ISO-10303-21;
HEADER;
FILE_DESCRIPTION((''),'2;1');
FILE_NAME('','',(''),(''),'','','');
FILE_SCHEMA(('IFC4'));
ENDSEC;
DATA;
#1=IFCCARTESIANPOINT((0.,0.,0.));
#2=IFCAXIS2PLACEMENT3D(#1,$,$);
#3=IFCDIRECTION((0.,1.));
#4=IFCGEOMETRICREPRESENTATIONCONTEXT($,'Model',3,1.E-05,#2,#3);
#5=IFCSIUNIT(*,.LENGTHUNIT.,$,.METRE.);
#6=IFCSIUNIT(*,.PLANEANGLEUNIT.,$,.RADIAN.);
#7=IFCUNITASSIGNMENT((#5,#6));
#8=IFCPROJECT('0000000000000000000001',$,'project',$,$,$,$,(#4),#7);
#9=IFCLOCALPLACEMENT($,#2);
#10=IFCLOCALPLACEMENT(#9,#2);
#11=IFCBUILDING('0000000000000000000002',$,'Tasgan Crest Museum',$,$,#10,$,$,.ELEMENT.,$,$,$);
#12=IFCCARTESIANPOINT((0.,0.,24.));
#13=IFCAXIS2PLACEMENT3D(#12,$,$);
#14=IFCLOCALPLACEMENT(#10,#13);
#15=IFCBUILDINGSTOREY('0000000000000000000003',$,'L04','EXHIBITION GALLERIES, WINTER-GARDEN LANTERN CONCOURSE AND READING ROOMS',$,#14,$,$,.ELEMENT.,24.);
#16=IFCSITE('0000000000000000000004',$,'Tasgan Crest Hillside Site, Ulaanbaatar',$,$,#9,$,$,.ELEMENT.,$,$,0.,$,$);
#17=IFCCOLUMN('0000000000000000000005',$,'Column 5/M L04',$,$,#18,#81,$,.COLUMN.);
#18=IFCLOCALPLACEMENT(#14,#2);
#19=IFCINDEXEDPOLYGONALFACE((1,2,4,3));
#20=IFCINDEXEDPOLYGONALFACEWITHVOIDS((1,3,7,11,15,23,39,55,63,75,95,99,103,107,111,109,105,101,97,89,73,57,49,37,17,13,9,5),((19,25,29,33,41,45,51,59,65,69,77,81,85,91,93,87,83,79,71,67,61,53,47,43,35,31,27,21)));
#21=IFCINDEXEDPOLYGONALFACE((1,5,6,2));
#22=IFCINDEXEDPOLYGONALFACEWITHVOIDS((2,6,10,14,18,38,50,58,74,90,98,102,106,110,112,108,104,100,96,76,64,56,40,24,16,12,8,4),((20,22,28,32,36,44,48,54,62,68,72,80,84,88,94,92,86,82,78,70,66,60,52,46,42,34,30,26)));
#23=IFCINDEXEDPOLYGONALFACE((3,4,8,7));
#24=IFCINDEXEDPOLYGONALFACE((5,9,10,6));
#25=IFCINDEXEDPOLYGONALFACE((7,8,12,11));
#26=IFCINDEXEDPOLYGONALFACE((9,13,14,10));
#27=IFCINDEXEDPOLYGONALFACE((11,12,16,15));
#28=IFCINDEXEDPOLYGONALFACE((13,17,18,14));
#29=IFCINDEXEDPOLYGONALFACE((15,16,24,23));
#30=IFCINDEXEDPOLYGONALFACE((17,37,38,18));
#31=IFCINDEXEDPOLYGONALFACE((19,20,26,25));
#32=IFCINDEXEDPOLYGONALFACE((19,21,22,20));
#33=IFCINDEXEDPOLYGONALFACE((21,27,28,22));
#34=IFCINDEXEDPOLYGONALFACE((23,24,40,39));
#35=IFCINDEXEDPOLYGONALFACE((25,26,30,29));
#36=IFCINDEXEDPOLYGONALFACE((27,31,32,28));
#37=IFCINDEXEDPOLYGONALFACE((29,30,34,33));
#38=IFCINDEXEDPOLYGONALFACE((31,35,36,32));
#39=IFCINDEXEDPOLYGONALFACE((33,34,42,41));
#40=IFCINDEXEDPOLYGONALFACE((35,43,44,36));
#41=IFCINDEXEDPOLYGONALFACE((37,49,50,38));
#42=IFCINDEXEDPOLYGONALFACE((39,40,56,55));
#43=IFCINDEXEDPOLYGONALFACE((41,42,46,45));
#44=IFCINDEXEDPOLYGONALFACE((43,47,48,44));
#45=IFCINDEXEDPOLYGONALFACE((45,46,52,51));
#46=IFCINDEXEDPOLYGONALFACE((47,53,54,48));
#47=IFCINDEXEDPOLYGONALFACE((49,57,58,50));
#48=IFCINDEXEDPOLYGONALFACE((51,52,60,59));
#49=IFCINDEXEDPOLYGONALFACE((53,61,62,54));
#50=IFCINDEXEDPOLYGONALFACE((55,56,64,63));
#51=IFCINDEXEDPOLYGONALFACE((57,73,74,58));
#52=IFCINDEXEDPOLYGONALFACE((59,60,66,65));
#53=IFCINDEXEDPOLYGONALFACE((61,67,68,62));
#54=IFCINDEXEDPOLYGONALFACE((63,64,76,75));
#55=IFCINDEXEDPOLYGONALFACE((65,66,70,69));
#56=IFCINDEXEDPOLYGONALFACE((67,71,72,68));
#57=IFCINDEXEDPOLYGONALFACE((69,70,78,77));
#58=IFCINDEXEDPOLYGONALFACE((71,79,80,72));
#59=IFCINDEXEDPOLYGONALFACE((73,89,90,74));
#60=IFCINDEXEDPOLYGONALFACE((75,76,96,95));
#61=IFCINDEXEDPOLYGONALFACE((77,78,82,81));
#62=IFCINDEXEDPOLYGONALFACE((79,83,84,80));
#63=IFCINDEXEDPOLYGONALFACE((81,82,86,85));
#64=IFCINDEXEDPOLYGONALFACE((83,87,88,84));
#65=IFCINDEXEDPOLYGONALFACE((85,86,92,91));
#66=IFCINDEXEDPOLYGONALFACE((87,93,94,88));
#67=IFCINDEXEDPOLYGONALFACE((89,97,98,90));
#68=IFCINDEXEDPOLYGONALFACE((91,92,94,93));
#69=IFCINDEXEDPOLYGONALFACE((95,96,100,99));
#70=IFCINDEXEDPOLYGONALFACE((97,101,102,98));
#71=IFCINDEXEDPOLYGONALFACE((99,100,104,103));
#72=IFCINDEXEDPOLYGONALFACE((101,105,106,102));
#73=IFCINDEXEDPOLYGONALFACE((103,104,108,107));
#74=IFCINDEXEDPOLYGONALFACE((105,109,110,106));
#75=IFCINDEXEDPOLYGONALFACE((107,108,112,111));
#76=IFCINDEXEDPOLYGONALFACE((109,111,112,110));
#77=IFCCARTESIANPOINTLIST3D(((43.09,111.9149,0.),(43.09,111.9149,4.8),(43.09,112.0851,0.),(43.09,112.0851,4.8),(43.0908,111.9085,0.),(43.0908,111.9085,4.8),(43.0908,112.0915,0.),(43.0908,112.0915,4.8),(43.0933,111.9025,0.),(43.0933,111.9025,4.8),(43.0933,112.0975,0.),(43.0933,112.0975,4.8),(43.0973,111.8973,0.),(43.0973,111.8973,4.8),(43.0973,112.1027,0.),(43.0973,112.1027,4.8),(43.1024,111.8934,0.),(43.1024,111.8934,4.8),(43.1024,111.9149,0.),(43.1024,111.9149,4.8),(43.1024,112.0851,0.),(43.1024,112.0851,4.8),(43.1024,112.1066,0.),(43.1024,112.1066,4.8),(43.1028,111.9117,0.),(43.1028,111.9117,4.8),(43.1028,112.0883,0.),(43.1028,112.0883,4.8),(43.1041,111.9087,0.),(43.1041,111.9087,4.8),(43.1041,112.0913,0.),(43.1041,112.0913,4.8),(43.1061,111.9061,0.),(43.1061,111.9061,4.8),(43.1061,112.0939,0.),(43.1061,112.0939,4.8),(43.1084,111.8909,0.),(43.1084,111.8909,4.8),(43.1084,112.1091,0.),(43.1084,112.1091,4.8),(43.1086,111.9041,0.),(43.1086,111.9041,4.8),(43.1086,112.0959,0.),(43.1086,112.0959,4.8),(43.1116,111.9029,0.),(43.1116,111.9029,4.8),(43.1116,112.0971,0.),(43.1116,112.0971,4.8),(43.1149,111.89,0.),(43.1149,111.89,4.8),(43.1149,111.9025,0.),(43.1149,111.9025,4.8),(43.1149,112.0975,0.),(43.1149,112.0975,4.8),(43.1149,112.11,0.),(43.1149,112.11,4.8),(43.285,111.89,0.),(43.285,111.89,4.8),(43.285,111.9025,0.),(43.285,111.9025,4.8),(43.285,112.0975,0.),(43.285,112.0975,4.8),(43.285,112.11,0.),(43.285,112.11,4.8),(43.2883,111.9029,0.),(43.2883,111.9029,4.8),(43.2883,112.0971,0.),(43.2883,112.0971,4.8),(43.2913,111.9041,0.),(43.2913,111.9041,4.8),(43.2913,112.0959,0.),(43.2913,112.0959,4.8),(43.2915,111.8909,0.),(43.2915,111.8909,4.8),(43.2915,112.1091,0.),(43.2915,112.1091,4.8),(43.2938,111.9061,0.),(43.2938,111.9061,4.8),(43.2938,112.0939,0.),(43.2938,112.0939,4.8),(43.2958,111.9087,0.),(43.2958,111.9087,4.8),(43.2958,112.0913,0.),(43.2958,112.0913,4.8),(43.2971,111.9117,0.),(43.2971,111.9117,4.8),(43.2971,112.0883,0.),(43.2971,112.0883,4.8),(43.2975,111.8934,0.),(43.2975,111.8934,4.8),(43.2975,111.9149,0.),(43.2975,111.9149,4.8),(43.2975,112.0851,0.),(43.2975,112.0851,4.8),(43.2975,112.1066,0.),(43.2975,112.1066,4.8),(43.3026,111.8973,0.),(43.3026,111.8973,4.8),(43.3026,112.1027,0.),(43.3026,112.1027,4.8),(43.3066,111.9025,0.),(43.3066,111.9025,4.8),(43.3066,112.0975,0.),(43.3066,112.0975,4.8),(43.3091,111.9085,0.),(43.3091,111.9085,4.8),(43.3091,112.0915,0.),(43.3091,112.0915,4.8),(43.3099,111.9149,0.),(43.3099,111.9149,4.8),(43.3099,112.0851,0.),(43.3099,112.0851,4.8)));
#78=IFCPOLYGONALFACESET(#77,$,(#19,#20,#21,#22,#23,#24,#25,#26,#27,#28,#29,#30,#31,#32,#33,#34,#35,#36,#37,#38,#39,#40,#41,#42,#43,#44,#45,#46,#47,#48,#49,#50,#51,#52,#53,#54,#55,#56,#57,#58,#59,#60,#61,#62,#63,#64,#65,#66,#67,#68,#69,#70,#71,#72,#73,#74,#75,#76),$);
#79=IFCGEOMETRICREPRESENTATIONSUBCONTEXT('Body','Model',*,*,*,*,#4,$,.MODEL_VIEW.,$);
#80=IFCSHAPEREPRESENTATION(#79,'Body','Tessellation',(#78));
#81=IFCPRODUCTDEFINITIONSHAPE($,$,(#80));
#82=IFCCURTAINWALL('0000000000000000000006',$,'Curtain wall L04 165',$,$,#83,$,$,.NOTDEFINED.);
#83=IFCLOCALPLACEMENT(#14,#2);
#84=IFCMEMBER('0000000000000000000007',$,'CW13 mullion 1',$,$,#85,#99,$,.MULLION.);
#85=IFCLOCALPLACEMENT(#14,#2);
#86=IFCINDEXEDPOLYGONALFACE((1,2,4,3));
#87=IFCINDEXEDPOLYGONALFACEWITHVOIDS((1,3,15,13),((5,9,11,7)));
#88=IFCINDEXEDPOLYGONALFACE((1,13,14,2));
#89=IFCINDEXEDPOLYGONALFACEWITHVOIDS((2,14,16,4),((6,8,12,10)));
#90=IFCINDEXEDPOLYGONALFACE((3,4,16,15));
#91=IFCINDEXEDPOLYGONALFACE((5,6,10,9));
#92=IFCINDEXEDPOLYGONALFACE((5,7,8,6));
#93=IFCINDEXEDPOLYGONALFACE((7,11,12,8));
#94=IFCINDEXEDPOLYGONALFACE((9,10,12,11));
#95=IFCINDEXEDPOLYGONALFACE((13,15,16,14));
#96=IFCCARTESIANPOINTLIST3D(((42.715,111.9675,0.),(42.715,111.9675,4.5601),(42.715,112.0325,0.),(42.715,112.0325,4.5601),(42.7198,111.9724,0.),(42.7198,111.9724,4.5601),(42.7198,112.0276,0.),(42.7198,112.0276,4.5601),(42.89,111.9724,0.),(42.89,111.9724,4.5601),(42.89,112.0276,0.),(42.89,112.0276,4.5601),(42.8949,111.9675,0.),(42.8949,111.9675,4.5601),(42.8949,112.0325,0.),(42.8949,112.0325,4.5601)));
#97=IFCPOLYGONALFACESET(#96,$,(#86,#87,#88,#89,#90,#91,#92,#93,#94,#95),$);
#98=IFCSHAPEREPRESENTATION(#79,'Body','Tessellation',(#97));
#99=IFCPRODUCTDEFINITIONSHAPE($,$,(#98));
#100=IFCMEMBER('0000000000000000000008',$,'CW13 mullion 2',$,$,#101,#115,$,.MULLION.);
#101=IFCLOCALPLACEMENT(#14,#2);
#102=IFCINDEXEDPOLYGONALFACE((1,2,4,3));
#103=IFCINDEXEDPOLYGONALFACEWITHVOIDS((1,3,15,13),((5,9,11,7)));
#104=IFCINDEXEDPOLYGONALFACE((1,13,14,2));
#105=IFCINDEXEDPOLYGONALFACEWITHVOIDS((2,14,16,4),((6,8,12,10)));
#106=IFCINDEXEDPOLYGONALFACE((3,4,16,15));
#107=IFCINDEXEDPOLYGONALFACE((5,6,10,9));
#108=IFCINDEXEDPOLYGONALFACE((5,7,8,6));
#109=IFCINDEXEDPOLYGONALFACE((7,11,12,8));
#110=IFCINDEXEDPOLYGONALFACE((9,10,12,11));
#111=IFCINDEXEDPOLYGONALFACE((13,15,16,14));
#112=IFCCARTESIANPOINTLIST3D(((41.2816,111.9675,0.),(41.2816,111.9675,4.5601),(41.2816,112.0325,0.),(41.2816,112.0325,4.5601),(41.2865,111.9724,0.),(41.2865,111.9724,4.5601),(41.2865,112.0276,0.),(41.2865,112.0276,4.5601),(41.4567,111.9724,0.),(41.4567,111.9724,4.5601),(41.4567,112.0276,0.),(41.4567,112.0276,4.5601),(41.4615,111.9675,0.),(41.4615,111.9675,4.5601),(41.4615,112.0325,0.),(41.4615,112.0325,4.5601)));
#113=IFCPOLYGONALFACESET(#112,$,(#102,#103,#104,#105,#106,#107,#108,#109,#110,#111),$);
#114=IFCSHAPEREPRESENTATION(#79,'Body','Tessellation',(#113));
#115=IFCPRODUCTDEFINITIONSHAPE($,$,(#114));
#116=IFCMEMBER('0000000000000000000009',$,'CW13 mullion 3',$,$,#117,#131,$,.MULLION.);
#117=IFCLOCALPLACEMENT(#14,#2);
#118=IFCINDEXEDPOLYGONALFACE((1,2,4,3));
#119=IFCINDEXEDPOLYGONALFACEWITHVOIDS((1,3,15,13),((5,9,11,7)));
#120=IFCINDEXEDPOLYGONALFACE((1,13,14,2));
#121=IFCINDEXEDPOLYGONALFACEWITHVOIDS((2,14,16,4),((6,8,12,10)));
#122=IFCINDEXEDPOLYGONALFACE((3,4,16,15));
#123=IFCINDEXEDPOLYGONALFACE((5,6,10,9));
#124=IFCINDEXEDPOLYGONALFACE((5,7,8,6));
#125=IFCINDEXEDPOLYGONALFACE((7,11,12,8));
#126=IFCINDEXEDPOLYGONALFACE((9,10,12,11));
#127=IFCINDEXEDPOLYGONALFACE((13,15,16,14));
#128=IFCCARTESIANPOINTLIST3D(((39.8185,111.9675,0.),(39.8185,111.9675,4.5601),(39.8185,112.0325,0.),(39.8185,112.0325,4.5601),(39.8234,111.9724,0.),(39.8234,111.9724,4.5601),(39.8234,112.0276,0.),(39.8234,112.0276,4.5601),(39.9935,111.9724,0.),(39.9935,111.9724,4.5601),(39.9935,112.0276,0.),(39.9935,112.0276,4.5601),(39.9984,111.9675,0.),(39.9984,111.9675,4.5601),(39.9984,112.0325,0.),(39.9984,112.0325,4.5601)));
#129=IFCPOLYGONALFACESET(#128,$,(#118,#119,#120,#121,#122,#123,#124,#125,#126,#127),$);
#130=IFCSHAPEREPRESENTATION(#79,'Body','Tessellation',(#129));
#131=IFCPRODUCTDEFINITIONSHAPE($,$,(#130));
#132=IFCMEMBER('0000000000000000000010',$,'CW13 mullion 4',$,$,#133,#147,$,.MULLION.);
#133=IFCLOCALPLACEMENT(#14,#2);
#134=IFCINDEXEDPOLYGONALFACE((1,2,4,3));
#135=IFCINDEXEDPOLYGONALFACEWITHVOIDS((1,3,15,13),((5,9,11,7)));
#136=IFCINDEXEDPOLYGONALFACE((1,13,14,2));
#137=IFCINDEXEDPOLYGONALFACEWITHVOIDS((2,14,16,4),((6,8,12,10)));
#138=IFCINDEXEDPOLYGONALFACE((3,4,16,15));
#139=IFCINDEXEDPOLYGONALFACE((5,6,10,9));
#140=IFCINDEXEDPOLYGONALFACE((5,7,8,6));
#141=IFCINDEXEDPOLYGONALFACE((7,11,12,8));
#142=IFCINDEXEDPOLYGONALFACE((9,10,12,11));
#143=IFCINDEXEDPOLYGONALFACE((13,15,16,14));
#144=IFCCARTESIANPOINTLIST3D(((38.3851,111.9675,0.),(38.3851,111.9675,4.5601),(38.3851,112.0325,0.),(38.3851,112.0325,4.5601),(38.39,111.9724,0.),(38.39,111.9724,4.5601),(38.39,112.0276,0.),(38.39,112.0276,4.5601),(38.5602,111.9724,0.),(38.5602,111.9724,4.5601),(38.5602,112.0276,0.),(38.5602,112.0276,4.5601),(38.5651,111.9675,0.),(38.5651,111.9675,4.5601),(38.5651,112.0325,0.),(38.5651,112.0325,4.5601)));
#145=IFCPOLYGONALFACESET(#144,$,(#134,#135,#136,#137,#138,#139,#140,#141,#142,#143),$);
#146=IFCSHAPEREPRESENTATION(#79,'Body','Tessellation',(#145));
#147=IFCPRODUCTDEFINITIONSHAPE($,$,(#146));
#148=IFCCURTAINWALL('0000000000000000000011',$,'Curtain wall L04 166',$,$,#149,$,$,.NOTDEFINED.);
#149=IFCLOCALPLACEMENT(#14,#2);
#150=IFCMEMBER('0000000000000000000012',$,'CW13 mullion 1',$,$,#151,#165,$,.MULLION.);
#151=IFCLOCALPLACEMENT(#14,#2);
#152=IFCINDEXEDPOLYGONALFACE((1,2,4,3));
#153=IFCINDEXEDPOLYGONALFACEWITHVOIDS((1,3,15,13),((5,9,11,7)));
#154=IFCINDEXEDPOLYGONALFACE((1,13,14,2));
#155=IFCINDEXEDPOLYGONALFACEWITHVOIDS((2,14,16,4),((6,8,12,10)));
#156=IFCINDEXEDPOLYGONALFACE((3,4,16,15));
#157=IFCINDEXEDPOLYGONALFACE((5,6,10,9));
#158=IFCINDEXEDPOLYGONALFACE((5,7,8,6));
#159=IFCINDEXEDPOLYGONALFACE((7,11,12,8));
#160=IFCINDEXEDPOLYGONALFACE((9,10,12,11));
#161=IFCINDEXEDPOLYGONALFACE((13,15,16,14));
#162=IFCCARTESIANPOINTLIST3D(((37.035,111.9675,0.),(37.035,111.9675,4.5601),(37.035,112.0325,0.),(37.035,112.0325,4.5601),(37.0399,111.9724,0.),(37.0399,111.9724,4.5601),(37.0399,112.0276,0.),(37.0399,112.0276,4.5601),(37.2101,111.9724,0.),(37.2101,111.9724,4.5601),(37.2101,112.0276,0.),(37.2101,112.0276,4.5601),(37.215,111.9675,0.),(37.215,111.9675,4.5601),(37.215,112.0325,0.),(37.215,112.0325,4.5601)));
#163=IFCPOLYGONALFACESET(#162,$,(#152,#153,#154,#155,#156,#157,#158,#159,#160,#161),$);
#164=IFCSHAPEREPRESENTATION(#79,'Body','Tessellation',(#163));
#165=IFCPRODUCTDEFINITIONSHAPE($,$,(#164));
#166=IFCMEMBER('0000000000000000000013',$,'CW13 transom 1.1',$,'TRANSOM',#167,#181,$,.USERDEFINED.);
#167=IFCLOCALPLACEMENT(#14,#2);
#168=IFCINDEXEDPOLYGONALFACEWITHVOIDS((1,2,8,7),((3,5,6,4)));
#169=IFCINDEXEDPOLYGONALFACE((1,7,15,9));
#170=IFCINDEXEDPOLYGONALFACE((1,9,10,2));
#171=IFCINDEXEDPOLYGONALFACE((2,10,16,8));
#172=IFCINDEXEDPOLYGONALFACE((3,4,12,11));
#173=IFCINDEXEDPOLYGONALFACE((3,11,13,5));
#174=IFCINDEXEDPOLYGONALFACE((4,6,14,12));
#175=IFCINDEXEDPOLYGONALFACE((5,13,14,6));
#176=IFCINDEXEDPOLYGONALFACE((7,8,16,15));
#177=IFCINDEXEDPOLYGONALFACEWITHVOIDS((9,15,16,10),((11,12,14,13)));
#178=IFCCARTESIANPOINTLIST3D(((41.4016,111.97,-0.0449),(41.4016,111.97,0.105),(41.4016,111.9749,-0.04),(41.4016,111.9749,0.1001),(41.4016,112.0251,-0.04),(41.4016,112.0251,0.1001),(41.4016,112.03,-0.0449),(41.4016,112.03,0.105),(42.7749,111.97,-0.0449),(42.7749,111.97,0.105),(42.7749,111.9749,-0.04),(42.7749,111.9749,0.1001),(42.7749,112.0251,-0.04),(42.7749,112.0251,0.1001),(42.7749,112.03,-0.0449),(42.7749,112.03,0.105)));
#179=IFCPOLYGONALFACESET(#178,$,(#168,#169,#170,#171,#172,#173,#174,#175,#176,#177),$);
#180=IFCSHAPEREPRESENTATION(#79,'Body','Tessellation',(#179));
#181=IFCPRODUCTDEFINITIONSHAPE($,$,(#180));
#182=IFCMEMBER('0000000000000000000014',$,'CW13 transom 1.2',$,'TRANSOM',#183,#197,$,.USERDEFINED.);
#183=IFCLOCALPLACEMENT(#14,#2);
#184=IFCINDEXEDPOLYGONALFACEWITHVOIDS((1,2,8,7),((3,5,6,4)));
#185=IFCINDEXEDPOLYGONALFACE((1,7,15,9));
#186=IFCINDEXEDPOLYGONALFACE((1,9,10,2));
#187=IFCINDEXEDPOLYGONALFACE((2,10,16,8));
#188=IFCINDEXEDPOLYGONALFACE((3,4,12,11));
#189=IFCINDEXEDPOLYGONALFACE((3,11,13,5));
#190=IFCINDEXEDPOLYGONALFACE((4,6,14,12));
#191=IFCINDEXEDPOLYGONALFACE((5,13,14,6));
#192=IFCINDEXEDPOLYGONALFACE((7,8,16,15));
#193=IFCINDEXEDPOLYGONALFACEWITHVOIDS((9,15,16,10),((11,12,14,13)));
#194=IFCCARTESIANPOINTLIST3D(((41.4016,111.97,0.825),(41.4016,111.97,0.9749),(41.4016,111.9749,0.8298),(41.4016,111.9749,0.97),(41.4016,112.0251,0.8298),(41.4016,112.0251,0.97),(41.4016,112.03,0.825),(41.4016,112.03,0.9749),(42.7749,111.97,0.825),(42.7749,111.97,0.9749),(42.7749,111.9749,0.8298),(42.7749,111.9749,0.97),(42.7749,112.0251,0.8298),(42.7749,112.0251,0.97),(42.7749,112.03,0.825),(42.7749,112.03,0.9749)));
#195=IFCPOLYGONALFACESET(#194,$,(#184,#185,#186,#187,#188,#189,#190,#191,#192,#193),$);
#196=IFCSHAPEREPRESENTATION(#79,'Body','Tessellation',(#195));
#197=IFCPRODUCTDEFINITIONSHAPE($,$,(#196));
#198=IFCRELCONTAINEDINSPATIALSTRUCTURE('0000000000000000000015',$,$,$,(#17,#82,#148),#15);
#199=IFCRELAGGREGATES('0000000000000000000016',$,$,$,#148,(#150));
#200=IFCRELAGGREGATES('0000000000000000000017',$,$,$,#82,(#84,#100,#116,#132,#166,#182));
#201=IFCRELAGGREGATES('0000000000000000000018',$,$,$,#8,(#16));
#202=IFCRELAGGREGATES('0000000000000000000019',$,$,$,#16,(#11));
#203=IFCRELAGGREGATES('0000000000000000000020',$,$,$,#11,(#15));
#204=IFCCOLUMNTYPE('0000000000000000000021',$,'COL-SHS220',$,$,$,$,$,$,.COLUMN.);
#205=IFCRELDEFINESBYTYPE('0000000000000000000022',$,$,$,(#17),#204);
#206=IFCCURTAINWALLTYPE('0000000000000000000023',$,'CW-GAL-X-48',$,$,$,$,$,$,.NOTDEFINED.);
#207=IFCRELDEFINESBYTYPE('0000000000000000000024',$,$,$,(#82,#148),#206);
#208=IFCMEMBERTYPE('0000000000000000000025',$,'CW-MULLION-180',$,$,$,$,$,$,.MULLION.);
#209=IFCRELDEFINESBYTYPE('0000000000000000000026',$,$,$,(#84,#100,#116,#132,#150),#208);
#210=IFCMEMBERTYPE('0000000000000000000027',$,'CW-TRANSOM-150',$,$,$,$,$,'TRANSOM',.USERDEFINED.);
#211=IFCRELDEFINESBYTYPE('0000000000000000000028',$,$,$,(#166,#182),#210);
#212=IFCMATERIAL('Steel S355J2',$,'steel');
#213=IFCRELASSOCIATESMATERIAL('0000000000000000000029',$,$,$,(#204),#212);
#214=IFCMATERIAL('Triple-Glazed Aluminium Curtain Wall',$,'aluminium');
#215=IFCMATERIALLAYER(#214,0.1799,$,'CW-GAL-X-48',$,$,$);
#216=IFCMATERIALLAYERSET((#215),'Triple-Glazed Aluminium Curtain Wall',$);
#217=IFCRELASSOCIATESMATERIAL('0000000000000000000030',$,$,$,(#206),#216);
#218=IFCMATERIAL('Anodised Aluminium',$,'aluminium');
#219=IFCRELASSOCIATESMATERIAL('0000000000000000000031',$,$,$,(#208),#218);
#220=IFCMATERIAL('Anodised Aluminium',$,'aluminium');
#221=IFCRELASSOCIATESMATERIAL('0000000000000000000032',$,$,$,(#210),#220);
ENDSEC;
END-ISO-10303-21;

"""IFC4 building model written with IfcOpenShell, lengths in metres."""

from ifc_helpers import new_model, si_unit, direction, frame, origin, origin_2d, place, context, subcontext, project, spatial, hollow_rectangle, extrude, material, layer, layer_set, material_profile, profile_set, type_object, element, aggregate, save


model = new_model("IFC4")

# Units and contexts
model_context = context("Model", 3, precision=1e-05, world=origin(), true_north=direction((0.0, 1.0)))
body_context = subcontext(model_context, "Body", "Model", "MODEL_VIEW")
ifc_project = project(units=[si_unit("LENGTHUNIT", "METRE"), si_unit("PLANEANGLEUNIT", "RADIAN")], contexts=[model_context])

# Site, building, storey
site_placement = place(None, origin())
site = spatial("IfcSite", under=ifc_project, at=site_placement, Name="Tasgan Crest Hillside Site, Ulaanbaatar", CompositionType="ELEMENT", RefElevation=0.0)
building_placement = place(site_placement, origin())
building = spatial("IfcBuilding", under=site, at=building_placement, Name="Tasgan Crest Museum", CompositionType="ELEMENT")
storey_placement = place(building_placement, frame((0.0, 0.0, 24.0)))
storey = spatial("IfcBuildingStorey", under=building, at=storey_placement, Name="L04", Description="EXHIBITION GALLERIES, WINTER-GARDEN LANTERN CONCOURSE AND READING ROOMS", CompositionType="ELEMENT", Elevation=24.0)

# Column
ifc_material_1 = material(Name="Steel S355J2", Category="steel")
ifc_material_profile_1 = material_profile(ifc_material_1, hollow_rectangle(XDim=0.22, YDim=0.22, WallThickness=0.0125, InnerFilletRadius=0.0125, OuterFilletRadius=0.0249, at=origin_2d()), Name="SHS 220x220x12.5")
ifc_profile_set_1 = profile_set([ifc_material_profile_1], Name="Steel S355J2")
column_type = type_object("IfcColumnType", Name="COL-SHS220", PredefinedType="COLUMN", material=ifc_profile_set_1)
column_placement = place(storey_placement, frame((43.2, 112.0, 0.0), z_axis=(0.0, 0.0, 1.0), x_axis=(1.0, 0.0, 0.0)))
element("IfcColumn", 1, at=column_placement, inside=storey, type_object=column_type, Name="Column 5/M L04", PredefinedType="COLUMN", context=body_context, shape_type="SweptSolid", body=[
    extrude(hollow_rectangle(XDim=0.22, YDim=0.22, WallThickness=0.0125, InnerFilletRadius=0.0125, OuterFilletRadius=0.0249, at=origin_2d()), origin(), (0.0, 0.0, 1.0), 4.8),
])

# Curtain wall, members
ifc_material_2 = material(Name="Triple-Glazed Aluminium Curtain Wall", Category="aluminium")
ifc_layer_1 = layer(ifc_material_2, 0.1799, Name="CW-GAL-X-48")
ifc_layer_set_1 = layer_set([ifc_layer_1], Name="Triple-Glazed Aluminium Curtain Wall")
curtain_wall_type = type_object("IfcCurtainWallType", Name="CW-GAL-X-48", PredefinedType="NOTDEFINED", material=ifc_layer_set_1)
curtain_wall_1_placement = place(storey_placement, origin())
curtain_wall_1 = element("IfcCurtainWall", 2, at=curtain_wall_1_placement, inside=storey, type_object=curtain_wall_type, Name="Curtain wall L04 165", PredefinedType="NOTDEFINED")
ifc_material_3 = material(Name="Anodised Aluminium", Category="aluminium")
ifc_material_profile_2 = material_profile(ifc_material_3, hollow_rectangle(XDim=0.0649, YDim=0.1799, WallThickness=0.0049, at=origin_2d()), Name="ALU MULLION 180x65x5")
ifc_profile_set_2 = profile_set([ifc_material_profile_2], Name="Anodised Aluminium")
member_type_1 = type_object("IfcMemberType", Name="CW-MULLION-180", PredefinedType="MULLION", material=ifc_profile_set_2)
member_1_placement = place(storey_placement, frame((42.8049, 112.0, 0.0), z_axis=(0.0, 0.0, 1.0), x_axis=(0.0, -1.0, 0.0)))
member_1 = element("IfcMember", 3, at=member_1_placement, type_object=member_type_1, Name="CW13 mullion 1", PredefinedType="MULLION", context=body_context, shape_type="SweptSolid", body=[
    extrude(hollow_rectangle(XDim=0.0649, YDim=0.1799, WallThickness=0.0049, at=origin_2d()), origin(), (0.0, 0.0, 1.0), 4.5601),
])
member_2_placement = place(storey_placement, frame((41.3716, 112.0, 0.0), z_axis=(0.0, 0.0, 1.0), x_axis=(0.0, -1.0, 0.0)))
member_2 = element("IfcMember", 4, at=member_2_placement, type_object=member_type_1, Name="CW13 mullion 2", PredefinedType="MULLION", context=body_context, shape_type="SweptSolid", body=[
    extrude(hollow_rectangle(XDim=0.0649, YDim=0.1799, WallThickness=0.0049, at=origin_2d()), origin(), (0.0, 0.0, 1.0), 4.5601),
])
member_3_placement = place(storey_placement, frame((39.9084, 112.0, 0.0), z_axis=(0.0, 0.0, 1.0), x_axis=(0.0, -1.0, 0.0)))
member_3 = element("IfcMember", 5, at=member_3_placement, type_object=member_type_1, Name="CW13 mullion 3", PredefinedType="MULLION", context=body_context, shape_type="SweptSolid", body=[
    extrude(hollow_rectangle(XDim=0.0649, YDim=0.1799, WallThickness=0.0049, at=origin_2d()), origin(), (0.0, 0.0, 1.0), 4.5601),
])
member_4_placement = place(storey_placement, frame((38.4751, 112.0, 0.0), z_axis=(0.0, 0.0, 1.0), x_axis=(0.0, -1.0, 0.0)))
member_4 = element("IfcMember", 6, at=member_4_placement, type_object=member_type_1, Name="CW13 mullion 4", PredefinedType="MULLION", context=body_context, shape_type="SweptSolid", body=[
    extrude(hollow_rectangle(XDim=0.0649, YDim=0.1799, WallThickness=0.0049, at=origin_2d()), origin(), (0.0, 0.0, 1.0), 4.5601),
])

# Curtain wall, member
curtain_wall_2_placement = place(storey_placement, origin())
curtain_wall_2 = element("IfcCurtainWall", 7, at=curtain_wall_2_placement, inside=storey, type_object=curtain_wall_type, Name="Curtain wall L04 166", PredefinedType="NOTDEFINED")
member_5_placement = place(storey_placement, frame((37.125, 112.0, 0.0), z_axis=(0.0, 0.0, 1.0), x_axis=(0.0, -1.0, 0.0)))
member_5 = element("IfcMember", 8, at=member_5_placement, type_object=member_type_1, Name="CW13 mullion 1", PredefinedType="MULLION", context=body_context, shape_type="SweptSolid", body=[
    extrude(hollow_rectangle(XDim=0.0649, YDim=0.1799, WallThickness=0.0049, at=origin_2d()), origin(), (0.0, 0.0, 1.0), 4.5601),
])

# Members
ifc_material_4 = material(Name="Anodised Aluminium", Category="aluminium")
ifc_material_profile_3 = material_profile(ifc_material_4, hollow_rectangle(XDim=0.0601, YDim=0.1499, WallThickness=0.0049, at=origin_2d()), Name="ALU TRANSOM 150x60x5")
ifc_profile_set_3 = profile_set([ifc_material_profile_3], Name="Anodised Aluminium")
member_type_2 = type_object("IfcMemberType", Name="CW-TRANSOM-150", ElementType="TRANSOM", PredefinedType="USERDEFINED", material=ifc_profile_set_3)
member_6_placement = place(storey_placement, frame((42.7749, 112.0, 0.03), z_axis=(-1.0, 0.0, 0.0), x_axis=(0.0, -1.0, 0.0)))
member_6 = element("IfcMember", 9, at=member_6_placement, type_object=member_type_2, Name="CW13 transom 1.1", ObjectType="TRANSOM", PredefinedType="USERDEFINED", context=body_context, shape_type="SweptSolid", body=[
    extrude(hollow_rectangle(XDim=0.0601, YDim=0.1499, WallThickness=0.0049, at=origin_2d()), origin(), (0.0, 0.0, 1.0), 1.3733),
])
member_7_placement = place(storey_placement, frame((42.7749, 112.0, 0.8999), z_axis=(-1.0, 0.0, 0.0), x_axis=(0.0, -1.0, 0.0)))
member_7 = element("IfcMember", 10, at=member_7_placement, type_object=member_type_2, Name="CW13 transom 1.2", ObjectType="TRANSOM", PredefinedType="USERDEFINED", context=body_context, shape_type="SweptSolid", body=[
    extrude(hollow_rectangle(XDim=0.0601, YDim=0.1499, WallThickness=0.0049, at=origin_2d()), origin(), (0.0, 0.0, 1.0), 1.3733),
])
aggregate(curtain_wall_2, [member_5])

aggregate(curtain_wall_1, [member_1, member_2, member_3, member_4, member_6, member_7])

save(model, "model.ifc")
